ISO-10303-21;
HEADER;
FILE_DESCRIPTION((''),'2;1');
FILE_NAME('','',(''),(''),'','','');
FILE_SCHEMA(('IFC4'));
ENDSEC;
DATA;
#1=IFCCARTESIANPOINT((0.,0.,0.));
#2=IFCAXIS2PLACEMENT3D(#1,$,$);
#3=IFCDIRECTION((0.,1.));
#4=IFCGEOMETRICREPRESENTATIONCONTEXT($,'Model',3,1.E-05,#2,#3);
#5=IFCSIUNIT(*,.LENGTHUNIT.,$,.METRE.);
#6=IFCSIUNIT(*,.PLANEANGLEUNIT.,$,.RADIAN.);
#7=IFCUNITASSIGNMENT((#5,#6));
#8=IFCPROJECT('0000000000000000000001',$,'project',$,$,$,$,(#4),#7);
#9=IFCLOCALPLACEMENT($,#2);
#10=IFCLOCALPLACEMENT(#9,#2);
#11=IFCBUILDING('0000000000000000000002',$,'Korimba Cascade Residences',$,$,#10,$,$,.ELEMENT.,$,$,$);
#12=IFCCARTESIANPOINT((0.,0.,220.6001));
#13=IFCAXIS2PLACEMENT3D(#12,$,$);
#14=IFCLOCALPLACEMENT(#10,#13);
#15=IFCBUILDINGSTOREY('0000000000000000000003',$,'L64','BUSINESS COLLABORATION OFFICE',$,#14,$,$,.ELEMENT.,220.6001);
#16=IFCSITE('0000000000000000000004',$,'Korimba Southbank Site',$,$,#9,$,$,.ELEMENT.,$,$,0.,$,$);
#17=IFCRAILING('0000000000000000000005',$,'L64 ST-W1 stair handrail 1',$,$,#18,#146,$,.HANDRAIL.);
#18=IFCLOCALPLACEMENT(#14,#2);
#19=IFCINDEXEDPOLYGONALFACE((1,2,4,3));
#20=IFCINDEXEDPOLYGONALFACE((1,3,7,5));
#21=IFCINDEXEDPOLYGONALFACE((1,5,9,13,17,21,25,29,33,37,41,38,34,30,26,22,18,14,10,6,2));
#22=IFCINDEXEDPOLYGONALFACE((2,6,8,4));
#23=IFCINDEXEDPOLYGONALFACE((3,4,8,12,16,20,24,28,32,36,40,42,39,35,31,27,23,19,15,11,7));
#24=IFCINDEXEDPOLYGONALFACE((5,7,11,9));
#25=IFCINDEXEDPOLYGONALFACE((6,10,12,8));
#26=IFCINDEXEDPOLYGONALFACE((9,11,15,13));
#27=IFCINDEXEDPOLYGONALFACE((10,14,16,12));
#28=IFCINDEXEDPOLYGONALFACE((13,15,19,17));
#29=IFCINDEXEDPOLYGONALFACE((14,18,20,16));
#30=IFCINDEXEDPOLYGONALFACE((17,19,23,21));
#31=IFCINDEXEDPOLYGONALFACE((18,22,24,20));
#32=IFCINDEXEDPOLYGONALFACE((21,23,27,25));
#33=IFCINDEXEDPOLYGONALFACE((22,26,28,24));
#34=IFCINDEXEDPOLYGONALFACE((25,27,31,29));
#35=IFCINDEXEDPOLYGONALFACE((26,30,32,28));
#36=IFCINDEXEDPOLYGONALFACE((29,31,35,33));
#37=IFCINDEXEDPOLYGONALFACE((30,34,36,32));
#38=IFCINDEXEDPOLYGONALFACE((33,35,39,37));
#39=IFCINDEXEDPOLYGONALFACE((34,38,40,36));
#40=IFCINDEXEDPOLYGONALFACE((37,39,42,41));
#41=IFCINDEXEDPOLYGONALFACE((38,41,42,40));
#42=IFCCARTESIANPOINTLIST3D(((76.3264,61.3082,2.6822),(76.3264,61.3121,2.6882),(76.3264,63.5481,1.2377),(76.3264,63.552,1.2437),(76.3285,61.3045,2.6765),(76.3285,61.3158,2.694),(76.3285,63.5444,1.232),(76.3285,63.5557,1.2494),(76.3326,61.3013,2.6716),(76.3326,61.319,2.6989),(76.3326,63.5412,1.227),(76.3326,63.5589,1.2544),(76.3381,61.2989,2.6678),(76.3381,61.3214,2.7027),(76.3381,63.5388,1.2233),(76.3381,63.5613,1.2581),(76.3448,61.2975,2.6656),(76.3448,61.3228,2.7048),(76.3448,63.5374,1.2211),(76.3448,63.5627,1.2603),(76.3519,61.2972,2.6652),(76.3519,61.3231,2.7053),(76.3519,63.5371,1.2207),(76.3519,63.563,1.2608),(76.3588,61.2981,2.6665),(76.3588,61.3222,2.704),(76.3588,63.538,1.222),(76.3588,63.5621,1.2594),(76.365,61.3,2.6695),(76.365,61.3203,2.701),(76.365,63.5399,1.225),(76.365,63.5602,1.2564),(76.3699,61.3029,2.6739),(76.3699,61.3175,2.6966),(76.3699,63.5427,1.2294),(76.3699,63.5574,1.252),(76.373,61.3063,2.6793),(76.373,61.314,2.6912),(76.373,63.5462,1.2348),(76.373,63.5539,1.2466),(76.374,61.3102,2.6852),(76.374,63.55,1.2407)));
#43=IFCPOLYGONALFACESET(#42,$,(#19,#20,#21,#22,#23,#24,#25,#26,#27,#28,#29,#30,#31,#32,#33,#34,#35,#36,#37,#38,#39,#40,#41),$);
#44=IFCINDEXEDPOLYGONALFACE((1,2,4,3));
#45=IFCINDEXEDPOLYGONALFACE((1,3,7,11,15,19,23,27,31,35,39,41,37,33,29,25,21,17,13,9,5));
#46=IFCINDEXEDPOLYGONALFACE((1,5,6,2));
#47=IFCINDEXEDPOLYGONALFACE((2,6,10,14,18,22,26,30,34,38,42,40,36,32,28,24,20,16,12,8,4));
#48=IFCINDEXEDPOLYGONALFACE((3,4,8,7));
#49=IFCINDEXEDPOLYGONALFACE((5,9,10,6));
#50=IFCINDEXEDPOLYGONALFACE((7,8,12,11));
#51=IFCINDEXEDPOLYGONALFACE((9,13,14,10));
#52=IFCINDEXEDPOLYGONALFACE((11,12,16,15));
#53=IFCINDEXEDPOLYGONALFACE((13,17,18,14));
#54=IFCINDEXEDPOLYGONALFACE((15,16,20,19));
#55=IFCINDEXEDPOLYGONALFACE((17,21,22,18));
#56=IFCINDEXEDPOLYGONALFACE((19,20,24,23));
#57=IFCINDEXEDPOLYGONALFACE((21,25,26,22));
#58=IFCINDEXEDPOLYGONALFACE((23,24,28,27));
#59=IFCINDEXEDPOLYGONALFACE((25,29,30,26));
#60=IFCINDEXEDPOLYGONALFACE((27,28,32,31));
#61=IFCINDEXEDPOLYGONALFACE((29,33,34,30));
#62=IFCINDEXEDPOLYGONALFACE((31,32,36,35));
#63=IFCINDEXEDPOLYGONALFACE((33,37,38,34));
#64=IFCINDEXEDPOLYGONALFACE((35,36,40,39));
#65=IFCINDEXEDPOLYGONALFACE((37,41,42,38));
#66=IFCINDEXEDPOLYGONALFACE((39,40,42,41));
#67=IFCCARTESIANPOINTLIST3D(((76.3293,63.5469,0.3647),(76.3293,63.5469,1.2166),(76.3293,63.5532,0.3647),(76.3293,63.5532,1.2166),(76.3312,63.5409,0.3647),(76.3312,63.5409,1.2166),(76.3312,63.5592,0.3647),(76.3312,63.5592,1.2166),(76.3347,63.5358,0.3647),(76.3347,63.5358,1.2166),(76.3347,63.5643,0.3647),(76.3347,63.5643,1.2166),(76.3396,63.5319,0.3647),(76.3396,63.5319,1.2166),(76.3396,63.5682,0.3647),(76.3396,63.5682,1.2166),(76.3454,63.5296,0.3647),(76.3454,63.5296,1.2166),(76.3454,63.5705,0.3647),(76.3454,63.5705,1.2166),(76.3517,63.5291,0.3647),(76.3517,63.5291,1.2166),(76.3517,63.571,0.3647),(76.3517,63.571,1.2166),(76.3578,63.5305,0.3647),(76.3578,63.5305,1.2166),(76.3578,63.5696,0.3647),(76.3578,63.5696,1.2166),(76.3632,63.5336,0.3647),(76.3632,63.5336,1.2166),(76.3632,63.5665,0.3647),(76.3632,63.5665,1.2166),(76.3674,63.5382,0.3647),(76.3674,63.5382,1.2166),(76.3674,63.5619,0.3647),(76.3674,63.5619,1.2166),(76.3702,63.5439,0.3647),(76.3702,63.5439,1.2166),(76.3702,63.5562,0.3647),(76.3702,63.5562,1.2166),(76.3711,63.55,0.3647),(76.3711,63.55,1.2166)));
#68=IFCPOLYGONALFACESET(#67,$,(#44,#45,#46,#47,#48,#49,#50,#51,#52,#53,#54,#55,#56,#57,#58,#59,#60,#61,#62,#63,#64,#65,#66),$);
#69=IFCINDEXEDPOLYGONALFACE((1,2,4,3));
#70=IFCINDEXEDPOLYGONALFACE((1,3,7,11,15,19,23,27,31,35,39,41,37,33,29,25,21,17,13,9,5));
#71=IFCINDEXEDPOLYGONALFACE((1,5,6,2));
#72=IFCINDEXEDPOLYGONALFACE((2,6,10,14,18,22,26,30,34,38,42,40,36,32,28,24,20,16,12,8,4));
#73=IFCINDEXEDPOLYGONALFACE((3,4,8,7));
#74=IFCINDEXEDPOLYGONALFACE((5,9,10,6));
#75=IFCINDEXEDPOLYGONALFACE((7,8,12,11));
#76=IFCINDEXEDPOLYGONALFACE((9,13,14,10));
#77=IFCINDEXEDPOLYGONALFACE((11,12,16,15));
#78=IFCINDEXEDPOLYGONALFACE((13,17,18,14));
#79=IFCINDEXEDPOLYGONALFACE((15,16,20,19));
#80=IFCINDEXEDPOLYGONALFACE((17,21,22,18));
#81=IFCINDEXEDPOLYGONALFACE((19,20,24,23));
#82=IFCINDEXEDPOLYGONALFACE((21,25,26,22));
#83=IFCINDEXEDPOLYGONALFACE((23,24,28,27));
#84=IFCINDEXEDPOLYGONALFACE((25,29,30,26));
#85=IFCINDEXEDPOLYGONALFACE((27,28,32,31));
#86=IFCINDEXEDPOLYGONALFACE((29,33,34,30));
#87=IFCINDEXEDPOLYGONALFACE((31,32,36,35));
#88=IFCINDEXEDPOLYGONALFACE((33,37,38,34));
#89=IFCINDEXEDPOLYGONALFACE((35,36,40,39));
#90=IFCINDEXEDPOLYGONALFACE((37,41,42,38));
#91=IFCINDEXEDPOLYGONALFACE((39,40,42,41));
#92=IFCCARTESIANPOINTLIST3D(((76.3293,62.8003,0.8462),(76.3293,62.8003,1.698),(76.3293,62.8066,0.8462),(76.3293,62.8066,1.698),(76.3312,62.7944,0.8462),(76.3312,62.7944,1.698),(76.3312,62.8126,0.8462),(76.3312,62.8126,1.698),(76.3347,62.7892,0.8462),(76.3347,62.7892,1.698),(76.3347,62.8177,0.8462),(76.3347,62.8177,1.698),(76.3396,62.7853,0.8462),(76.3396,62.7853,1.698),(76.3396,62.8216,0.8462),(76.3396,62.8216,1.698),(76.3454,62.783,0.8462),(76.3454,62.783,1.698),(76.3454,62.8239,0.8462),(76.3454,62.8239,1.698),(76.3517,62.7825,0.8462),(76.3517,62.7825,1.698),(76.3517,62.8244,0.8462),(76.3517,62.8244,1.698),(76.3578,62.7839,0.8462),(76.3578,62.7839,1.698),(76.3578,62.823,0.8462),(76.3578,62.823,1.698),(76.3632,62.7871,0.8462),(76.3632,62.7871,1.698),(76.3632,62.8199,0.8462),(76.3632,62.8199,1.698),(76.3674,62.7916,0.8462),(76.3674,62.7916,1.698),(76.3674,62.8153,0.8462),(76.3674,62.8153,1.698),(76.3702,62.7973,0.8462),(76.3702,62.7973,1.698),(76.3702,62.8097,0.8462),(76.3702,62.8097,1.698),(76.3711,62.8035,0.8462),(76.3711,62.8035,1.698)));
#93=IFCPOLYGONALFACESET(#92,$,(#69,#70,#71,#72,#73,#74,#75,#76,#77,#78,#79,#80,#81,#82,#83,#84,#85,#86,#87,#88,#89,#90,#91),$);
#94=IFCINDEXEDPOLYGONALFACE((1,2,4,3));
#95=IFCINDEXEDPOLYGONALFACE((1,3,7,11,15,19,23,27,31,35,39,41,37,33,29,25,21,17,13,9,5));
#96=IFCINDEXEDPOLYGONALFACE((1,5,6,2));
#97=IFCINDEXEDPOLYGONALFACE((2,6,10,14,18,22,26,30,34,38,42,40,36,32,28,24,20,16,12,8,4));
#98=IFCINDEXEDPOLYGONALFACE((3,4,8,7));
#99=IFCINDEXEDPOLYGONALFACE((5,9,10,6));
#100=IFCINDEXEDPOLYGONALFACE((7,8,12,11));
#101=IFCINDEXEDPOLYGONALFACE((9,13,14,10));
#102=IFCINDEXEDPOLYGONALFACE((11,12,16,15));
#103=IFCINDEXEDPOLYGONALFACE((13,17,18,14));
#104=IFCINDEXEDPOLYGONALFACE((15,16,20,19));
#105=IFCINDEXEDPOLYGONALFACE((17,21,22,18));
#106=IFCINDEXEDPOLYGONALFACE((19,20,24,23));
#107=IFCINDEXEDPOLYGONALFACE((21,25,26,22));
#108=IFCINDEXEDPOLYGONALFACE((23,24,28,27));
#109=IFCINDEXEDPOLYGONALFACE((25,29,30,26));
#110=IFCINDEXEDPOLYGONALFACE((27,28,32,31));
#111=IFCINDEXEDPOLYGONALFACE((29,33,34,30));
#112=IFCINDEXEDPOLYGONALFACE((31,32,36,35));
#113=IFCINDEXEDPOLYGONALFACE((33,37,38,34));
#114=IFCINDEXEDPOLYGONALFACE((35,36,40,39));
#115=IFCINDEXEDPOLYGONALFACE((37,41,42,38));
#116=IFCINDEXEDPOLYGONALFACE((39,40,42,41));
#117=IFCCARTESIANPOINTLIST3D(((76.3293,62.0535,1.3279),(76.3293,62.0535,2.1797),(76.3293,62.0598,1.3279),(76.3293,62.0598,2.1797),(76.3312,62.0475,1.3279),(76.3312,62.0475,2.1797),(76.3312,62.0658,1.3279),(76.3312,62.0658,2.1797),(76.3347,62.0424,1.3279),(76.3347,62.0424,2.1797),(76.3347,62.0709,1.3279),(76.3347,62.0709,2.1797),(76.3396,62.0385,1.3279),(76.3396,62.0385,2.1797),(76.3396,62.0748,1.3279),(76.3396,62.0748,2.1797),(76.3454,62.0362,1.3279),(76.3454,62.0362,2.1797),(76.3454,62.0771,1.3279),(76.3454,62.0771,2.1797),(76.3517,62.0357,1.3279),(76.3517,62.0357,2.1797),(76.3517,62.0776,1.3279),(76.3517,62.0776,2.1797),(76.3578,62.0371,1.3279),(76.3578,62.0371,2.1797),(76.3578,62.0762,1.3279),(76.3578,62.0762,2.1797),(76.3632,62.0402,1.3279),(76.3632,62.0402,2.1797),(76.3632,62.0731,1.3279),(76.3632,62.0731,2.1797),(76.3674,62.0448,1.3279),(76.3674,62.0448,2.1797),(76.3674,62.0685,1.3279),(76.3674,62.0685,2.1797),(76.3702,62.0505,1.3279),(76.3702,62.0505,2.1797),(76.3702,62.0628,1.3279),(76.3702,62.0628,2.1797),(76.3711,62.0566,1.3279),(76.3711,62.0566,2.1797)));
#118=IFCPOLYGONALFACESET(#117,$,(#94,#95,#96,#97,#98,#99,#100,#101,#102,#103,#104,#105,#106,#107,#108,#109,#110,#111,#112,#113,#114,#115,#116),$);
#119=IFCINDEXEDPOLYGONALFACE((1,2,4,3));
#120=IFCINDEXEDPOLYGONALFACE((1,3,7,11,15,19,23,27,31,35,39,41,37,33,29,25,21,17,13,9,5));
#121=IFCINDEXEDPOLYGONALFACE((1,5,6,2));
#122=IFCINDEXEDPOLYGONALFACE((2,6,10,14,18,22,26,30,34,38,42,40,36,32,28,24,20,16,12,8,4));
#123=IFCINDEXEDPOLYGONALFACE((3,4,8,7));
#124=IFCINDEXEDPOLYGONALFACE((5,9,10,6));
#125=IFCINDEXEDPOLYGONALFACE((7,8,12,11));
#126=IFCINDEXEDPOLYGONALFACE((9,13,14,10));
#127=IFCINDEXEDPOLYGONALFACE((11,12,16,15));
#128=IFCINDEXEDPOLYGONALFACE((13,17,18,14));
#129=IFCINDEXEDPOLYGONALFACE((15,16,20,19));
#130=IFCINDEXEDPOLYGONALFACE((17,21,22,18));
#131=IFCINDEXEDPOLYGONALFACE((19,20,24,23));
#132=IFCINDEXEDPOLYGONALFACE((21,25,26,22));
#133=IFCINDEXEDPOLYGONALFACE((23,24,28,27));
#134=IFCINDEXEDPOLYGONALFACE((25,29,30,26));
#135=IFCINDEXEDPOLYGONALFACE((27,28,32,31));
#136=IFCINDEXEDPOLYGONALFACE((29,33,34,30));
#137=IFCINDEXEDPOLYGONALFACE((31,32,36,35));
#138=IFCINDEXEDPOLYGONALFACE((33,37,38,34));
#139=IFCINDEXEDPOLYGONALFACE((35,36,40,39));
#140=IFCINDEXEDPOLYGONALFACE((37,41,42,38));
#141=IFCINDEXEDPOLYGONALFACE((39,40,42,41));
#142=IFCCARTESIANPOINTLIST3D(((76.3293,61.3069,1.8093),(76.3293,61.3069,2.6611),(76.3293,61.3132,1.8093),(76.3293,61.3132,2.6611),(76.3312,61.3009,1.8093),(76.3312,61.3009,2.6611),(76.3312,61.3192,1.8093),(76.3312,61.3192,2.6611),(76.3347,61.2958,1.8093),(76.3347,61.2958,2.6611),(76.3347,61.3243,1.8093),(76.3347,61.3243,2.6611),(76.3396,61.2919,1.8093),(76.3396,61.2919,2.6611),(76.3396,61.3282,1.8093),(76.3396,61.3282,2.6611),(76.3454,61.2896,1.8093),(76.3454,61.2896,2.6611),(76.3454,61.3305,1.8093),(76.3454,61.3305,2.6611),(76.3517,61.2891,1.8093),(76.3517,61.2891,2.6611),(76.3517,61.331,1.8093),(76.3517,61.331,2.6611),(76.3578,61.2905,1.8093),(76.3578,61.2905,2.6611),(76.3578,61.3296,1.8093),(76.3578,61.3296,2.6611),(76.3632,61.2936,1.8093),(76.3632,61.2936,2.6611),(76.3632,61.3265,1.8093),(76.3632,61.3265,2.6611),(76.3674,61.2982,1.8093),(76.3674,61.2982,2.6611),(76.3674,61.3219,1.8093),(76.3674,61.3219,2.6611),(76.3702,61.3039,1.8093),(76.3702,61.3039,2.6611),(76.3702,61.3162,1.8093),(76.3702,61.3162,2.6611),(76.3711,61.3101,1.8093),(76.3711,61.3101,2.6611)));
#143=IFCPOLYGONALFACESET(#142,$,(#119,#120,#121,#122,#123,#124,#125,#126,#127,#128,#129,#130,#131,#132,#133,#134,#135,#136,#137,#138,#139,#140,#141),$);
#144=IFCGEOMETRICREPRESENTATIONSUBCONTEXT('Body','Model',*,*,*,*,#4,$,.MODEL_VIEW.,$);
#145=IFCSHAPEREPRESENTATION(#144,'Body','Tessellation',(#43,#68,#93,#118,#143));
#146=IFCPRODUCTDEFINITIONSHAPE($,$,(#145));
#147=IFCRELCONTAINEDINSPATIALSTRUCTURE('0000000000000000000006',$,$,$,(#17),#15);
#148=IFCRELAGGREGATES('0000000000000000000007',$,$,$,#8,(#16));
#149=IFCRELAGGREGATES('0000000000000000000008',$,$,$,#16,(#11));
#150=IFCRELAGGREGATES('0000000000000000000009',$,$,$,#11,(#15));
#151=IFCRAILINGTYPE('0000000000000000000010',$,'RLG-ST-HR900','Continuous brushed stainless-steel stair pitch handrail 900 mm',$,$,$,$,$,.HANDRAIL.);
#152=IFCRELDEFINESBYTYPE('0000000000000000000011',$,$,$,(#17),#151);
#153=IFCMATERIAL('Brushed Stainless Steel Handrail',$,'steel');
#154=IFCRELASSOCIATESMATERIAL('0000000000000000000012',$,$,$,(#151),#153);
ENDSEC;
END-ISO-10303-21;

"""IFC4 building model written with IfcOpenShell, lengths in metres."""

from ifc_helpers import new_model, si_unit, direction, frame, origin, origin_2d, place, context, subcontext, project, spatial, circle, extrude, material, type_object, element, save


model = new_model("IFC4")

# Units and contexts
model_context = context("Model", 3, precision=1e-05, world=origin(), true_north=direction((0.0, 1.0)))
body_context = subcontext(model_context, "Body", "Model", "MODEL_VIEW")
ifc_project = project(units=[si_unit("LENGTHUNIT", "METRE"), si_unit("PLANEANGLEUNIT", "RADIAN")], contexts=[model_context])

# Site, building, storey
site_placement = place(None, origin())
site = spatial("IfcSite", under=ifc_project, at=site_placement, Name="Korimba Southbank Site", CompositionType="ELEMENT", RefElevation=0.0)
building_placement = place(site_placement, origin())
building = spatial("IfcBuilding", under=site, at=building_placement, Name="Korimba Cascade Residences", CompositionType="ELEMENT")
storey_placement = place(building_placement, frame((0.0, 0.0, 220.6001)))
storey = spatial("IfcBuildingStorey", under=building, at=storey_placement, Name="L64", Description="BUSINESS COLLABORATION OFFICE", CompositionType="ELEMENT", Elevation=220.6001)

# Railing
ifc_material_1 = material(Name="Brushed Stainless Steel Handrail", Category="steel")
railing_type_1 = type_object("IfcRailingType", Name="RLG-ST-HR900", Description="Continuous brushed stainless-steel stair pitch handrail 900 mm", PredefinedType="HANDRAIL", material=ifc_material_1)
railing_1_placement = place(storey_placement, frame((76.3501, 63.55, 0.3647)))
element("IfcRailing", 1, at=railing_1_placement, inside=storey, type_object=railing_type_1, Name="L64 ST-W1 stair handrail 1", PredefinedType="HANDRAIL", context=body_context, shape_type="SweptSolid", body=[
    extrude(circle(Radius=0.0239, at=origin_2d()), frame((0.0, 0.0, 0.876), z_axis=(0.0, -0.840395, 0.541975), x_axis=(1.0, 0.0, 0.0)), (0.0, 0.0, 1.0), 2.6653),
    extrude(circle(Radius=0.021, at=origin_2d()), origin(), (0.0, 0.0, 1.0), 0.8518),
    extrude(circle(Radius=0.021, at=origin_2d()), frame((0.0, -0.7466, 0.4814)), (0.0, 0.0, 1.0), 0.8518),
    extrude(circle(Radius=0.021, at=origin_2d()), frame((0.0, -1.4934, 0.9631)), (0.0, 0.0, 1.0), 0.8518),
    extrude(circle(Radius=0.021, at=origin_2d()), frame((0.0, -2.24, 1.4446)), (0.0, 0.0, 1.0), 0.8518),
])

save(model, "model.ifc")
